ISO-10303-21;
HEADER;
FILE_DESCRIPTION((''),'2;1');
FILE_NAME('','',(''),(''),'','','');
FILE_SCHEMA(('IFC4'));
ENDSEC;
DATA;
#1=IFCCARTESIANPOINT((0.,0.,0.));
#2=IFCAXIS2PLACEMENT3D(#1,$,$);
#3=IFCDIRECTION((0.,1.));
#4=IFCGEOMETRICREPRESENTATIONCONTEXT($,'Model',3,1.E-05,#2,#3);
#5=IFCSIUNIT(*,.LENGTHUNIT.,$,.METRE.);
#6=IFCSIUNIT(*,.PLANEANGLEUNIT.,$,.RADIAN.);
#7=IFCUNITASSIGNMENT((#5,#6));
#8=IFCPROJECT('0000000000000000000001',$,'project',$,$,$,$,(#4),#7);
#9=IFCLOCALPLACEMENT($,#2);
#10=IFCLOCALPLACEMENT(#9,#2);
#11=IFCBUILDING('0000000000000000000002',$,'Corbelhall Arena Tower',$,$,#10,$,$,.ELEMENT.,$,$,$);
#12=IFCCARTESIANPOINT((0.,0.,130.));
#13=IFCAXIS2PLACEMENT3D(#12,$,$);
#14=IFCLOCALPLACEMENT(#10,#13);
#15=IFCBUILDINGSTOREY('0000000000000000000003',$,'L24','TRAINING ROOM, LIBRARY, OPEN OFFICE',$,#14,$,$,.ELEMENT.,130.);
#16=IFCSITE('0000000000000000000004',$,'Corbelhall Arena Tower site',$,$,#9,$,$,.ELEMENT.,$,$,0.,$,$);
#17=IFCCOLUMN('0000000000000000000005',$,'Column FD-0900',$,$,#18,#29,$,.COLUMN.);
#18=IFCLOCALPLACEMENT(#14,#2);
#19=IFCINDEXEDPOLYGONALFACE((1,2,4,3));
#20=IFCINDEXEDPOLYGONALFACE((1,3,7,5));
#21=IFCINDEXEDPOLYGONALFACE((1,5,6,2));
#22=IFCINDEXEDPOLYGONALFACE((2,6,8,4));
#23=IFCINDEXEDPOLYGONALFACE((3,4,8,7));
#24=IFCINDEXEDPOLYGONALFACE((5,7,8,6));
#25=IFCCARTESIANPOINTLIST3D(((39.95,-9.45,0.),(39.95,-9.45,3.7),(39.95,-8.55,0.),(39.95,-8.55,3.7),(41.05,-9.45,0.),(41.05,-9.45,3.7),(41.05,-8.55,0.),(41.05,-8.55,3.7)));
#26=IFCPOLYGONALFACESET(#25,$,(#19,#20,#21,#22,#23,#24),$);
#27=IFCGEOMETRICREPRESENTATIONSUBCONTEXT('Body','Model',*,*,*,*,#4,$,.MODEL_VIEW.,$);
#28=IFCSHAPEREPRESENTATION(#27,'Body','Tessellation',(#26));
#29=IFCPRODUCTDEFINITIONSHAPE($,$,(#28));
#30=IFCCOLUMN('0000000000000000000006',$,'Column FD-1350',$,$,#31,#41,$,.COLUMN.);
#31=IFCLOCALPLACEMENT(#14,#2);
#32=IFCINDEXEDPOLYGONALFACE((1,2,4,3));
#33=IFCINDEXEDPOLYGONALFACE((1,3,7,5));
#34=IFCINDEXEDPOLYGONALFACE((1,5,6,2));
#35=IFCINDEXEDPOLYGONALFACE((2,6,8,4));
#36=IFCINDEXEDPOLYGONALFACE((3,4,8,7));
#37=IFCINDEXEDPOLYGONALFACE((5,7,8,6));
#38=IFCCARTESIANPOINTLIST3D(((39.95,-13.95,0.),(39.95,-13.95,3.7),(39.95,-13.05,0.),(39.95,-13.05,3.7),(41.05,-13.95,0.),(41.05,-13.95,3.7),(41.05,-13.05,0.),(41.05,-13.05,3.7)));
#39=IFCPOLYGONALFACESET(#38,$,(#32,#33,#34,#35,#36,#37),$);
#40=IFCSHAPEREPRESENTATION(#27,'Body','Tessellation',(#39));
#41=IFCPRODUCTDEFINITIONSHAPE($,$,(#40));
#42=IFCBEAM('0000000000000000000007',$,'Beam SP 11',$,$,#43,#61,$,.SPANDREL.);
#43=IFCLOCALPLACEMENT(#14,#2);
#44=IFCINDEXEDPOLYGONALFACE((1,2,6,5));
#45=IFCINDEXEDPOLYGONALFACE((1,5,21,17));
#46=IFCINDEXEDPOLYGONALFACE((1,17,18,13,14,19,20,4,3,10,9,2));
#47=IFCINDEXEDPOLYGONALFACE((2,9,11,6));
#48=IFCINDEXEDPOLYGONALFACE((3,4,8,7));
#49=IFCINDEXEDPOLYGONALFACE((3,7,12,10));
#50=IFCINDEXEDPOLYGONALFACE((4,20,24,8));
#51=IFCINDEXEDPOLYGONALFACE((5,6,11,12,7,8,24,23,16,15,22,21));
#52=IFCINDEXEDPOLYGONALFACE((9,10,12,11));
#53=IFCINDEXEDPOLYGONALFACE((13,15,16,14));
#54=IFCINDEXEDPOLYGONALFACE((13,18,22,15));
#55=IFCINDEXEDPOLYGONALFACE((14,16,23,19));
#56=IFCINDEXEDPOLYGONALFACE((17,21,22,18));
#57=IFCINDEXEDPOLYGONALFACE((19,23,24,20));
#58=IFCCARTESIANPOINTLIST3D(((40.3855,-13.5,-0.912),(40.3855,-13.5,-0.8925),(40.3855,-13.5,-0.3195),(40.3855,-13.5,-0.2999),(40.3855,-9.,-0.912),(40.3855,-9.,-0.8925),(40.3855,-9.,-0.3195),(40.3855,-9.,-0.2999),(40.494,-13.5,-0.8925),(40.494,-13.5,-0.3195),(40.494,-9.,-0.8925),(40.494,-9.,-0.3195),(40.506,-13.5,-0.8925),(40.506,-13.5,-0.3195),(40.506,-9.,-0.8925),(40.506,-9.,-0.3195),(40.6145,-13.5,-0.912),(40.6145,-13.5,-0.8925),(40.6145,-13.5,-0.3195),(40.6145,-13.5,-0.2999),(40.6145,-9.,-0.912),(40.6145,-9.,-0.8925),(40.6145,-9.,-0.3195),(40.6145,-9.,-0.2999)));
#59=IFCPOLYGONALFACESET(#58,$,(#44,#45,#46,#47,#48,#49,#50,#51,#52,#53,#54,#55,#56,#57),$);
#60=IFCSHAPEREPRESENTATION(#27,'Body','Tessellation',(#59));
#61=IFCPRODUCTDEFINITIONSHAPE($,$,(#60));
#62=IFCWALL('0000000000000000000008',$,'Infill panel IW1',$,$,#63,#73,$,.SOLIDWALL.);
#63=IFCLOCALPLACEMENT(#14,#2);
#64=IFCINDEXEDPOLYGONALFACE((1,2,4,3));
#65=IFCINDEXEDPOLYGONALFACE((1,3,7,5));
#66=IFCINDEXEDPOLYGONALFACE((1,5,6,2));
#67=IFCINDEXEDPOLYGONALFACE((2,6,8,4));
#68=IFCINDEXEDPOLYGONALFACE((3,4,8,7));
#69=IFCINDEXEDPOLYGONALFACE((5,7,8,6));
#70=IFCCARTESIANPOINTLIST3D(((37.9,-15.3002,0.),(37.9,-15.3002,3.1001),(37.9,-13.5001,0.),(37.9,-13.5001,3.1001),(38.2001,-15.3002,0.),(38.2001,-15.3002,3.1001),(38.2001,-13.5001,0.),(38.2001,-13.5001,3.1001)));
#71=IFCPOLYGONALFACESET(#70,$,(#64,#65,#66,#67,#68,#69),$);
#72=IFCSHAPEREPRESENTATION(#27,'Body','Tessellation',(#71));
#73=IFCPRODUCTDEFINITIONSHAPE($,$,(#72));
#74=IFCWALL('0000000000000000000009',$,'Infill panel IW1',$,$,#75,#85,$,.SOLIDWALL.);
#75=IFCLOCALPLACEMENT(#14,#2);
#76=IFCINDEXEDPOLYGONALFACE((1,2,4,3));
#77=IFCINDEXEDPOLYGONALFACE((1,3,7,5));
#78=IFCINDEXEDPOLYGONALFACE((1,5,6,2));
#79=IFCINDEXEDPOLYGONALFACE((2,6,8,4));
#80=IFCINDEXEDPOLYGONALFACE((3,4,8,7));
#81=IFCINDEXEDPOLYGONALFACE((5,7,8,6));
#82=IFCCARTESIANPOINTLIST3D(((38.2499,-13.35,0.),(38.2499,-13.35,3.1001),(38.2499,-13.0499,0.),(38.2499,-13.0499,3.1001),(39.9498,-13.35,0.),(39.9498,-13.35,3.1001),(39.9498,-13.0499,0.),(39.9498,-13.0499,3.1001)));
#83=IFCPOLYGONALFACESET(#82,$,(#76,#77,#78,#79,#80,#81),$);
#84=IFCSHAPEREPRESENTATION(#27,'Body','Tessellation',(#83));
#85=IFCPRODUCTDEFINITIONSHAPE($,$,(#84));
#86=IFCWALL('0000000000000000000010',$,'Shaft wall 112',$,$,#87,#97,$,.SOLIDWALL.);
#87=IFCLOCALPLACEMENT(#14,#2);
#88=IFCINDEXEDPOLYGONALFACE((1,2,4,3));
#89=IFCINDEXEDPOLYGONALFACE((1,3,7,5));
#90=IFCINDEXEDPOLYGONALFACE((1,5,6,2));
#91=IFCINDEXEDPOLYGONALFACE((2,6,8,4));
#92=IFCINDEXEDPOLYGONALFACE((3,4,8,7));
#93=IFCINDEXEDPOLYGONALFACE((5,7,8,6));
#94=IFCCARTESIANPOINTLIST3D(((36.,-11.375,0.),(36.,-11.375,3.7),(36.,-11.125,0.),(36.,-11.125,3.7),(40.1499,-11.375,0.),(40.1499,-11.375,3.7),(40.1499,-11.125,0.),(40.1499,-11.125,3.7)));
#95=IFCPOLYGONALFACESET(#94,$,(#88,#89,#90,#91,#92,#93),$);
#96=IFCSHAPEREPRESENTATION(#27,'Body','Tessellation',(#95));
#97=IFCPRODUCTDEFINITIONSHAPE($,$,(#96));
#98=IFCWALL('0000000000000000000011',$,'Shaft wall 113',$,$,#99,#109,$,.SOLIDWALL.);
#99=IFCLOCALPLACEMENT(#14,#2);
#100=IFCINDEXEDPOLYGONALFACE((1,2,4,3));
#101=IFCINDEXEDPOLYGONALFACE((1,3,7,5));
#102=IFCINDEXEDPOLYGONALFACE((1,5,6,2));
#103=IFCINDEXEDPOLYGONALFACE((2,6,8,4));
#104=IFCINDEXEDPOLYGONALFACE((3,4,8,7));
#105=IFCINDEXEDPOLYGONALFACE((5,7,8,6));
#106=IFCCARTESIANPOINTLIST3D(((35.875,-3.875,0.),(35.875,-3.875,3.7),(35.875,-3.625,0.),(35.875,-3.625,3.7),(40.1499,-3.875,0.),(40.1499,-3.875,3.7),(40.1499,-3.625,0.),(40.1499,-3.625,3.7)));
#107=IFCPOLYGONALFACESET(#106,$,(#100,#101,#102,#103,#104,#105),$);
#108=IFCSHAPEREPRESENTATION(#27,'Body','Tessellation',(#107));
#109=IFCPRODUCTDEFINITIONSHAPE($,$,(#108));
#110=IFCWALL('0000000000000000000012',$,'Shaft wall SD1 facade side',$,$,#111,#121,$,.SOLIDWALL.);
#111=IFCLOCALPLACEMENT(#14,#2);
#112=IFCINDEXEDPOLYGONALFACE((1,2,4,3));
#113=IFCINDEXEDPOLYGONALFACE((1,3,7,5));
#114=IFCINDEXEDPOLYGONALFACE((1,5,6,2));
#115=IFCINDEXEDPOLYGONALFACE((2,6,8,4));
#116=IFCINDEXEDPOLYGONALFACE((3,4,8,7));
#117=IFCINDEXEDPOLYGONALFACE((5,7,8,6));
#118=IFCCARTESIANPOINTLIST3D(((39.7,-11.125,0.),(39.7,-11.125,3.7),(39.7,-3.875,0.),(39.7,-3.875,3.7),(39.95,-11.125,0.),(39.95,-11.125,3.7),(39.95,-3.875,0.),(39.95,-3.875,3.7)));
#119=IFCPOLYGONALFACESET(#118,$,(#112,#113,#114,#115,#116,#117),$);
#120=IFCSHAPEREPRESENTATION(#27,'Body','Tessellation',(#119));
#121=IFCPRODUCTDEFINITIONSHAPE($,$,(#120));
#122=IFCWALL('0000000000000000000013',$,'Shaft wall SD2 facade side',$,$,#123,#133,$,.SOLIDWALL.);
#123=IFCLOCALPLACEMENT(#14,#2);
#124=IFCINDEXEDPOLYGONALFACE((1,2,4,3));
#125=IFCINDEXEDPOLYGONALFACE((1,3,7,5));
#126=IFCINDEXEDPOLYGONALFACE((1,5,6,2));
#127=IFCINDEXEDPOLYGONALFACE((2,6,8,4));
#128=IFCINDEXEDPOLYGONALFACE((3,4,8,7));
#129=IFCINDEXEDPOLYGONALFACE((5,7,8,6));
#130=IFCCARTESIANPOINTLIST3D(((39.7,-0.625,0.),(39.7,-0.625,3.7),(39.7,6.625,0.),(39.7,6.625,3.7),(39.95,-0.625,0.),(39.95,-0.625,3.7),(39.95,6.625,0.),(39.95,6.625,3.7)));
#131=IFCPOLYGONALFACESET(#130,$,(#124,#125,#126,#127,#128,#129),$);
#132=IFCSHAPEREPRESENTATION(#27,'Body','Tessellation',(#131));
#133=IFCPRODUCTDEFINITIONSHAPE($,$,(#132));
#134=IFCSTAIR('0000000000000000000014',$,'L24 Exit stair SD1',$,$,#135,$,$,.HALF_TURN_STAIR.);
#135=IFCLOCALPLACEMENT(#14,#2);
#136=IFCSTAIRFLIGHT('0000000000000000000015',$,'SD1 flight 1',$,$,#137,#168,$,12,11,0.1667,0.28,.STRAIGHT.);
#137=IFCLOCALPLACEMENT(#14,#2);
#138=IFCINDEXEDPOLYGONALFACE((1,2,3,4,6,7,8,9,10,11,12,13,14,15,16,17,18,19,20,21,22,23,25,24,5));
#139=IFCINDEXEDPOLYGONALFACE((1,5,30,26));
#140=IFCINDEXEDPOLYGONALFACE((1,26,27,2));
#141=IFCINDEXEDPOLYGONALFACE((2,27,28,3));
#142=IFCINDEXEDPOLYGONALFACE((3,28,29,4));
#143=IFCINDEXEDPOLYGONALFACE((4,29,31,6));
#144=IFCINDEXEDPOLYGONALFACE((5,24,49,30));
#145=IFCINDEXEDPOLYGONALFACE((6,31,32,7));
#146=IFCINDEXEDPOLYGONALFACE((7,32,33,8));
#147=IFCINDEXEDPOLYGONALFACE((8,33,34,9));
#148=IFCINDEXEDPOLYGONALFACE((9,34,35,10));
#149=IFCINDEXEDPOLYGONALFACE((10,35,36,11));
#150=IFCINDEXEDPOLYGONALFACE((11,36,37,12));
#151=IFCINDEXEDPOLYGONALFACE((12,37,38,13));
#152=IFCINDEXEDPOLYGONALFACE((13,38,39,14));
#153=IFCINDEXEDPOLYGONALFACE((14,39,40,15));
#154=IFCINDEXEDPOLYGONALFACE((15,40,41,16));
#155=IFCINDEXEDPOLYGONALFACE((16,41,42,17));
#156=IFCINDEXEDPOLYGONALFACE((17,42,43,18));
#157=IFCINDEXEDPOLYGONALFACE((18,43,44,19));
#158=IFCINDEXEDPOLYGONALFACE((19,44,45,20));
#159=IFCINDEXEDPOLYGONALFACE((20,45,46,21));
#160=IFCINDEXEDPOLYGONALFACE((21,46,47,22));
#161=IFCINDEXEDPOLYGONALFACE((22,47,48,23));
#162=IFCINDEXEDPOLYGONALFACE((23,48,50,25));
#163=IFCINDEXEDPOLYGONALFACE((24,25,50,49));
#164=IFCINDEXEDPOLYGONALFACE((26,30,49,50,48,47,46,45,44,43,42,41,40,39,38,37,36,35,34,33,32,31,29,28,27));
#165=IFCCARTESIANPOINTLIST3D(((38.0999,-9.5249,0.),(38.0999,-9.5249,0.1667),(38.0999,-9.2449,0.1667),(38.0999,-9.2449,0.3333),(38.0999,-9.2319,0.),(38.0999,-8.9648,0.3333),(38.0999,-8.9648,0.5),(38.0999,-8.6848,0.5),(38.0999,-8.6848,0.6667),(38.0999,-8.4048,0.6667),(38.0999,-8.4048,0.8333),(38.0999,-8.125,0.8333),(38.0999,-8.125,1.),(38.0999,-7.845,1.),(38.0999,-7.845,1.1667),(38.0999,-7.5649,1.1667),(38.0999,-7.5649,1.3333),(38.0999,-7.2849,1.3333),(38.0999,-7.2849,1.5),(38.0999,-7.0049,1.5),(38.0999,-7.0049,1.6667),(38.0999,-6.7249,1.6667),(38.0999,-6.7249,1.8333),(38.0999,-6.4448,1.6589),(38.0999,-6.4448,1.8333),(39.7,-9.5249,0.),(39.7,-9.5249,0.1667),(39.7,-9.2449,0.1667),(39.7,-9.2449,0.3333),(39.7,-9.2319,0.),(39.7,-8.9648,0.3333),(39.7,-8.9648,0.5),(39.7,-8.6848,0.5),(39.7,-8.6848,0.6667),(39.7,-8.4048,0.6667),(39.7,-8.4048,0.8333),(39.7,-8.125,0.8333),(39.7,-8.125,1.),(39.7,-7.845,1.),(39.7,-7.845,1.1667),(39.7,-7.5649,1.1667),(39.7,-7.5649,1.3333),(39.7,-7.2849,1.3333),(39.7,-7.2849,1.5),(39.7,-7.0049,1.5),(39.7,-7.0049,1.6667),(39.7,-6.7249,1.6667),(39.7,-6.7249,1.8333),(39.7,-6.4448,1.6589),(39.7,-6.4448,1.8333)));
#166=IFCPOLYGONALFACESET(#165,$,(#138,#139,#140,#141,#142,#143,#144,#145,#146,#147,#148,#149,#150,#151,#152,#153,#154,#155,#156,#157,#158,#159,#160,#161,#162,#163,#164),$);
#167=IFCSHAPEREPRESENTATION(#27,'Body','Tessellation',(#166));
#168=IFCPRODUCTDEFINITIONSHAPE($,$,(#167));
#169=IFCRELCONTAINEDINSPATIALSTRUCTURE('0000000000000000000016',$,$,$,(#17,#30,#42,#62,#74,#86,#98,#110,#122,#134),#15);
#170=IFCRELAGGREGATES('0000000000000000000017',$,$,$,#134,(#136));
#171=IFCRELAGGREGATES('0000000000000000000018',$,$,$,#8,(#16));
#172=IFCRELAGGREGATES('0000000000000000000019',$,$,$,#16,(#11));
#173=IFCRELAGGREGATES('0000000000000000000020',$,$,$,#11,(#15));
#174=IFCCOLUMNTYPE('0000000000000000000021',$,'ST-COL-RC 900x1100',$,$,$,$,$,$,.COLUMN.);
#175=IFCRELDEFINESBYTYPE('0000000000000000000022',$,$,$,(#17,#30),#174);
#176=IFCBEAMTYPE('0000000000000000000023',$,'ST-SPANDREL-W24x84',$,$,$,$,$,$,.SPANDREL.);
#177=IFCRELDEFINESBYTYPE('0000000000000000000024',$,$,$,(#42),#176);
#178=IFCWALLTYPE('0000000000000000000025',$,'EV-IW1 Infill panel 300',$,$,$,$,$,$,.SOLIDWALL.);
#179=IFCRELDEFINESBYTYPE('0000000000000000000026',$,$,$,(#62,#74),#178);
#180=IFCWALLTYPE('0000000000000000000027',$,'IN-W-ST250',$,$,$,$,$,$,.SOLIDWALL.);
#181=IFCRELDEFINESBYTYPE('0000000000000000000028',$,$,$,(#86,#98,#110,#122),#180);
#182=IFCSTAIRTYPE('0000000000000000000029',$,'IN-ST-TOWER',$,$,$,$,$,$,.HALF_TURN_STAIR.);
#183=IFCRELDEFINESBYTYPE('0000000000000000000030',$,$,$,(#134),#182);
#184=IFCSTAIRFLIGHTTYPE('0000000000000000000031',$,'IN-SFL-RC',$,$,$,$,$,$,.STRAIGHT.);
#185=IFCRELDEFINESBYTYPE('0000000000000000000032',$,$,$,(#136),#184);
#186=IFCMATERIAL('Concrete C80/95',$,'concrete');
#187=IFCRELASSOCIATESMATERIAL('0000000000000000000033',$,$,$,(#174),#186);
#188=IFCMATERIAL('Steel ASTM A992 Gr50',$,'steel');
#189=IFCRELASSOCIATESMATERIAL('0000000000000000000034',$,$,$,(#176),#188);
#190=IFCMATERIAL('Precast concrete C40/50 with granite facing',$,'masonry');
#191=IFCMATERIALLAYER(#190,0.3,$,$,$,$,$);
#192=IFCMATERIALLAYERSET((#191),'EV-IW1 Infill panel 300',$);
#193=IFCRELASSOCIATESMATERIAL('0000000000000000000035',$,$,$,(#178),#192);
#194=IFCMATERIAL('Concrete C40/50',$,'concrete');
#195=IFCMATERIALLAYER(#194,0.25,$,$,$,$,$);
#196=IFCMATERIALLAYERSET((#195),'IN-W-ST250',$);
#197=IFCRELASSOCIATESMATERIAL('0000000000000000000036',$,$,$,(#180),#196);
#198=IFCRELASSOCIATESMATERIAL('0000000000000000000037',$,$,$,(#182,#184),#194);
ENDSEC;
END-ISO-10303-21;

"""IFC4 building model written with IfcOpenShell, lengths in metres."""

from ifc_helpers import new_model, si_unit, direction, frame, frame_2d, origin, origin_2d, place, context, subcontext, project, spatial, polyline, rectangle, i_section, outline, extrude, material, layer, layer_set, material_profile, profile_set, type_object, element, aggregate, save


model = new_model("IFC4")

# Units and contexts
model_context = context("Model", 3, precision=1e-05, world=origin(), true_north=direction((0.0, 1.0)))
body_context = subcontext(model_context, "Body", "Model", "MODEL_VIEW")
ifc_project = project(units=[si_unit("LENGTHUNIT", "METRE"), si_unit("PLANEANGLEUNIT", "RADIAN")], contexts=[model_context])

# Site, building, storey
site_placement = place(None, origin())
site = spatial("IfcSite", under=ifc_project, at=site_placement, Name="Corbelhall Arena Tower site", CompositionType="ELEMENT", RefElevation=0.0)
building_placement = place(site_placement, origin())
building = spatial("IfcBuilding", under=site, at=building_placement, Name="Corbelhall Arena Tower", CompositionType="ELEMENT")
storey_placement = place(building_placement, frame((0.0, 0.0, 130.0)))
storey = spatial("IfcBuildingStorey", under=building, at=storey_placement, Name="L24", Description="TRAINING ROOM, LIBRARY, OPEN OFFICE", CompositionType="ELEMENT", Elevation=130.0)

# Columns
ifc_material_1 = material(Name="Concrete C80/95", Category="concrete")
ifc_material_profile_1 = material_profile(ifc_material_1, rectangle(XDim=0.8999, YDim=1.1001, at=origin_2d()))
ifc_profile_set_1 = profile_set([ifc_material_profile_1], Name="Concrete C80/95")
column_type = type_object("IfcColumnType", Name="ST-COL-RC 900x1100", PredefinedType="COLUMN", material=ifc_profile_set_1)
for number, where, z_axis, x_axis, name in (
    (1, (40.5, -9.0, 0.0), (0.0, 0.0, 1.0), (0.0, 1.0, 0.0), "Column FD-0900"),
    (2, (40.5, -13.5, 0.0), (0.0, 0.0, 1.0), (0.0, 1.0, 0.0), "Column FD-1350"),
):
    element("IfcColumn", number, at=place(storey_placement, frame(where, z_axis=z_axis, x_axis=x_axis)), inside=storey, type_object=column_type, Name=name, PredefinedType="COLUMN", context=body_context, shape_type="SweptSolid", body=[
        extrude(rectangle(XDim=0.8999, YDim=1.1001, at=origin_2d()), origin(), (0.0, 0.0, 1.0), 3.7),
    ])

# Beam
ifc_material_2 = material(Name="Steel ASTM A992 Gr50", Category="steel")
ifc_material_profile_2 = material_profile(ifc_material_2, i_section(OverallWidth=0.229, OverallDepth=0.6121, WebThickness=0.012, FlangeThickness=0.0195, at=origin_2d()))
ifc_profile_set_2 = profile_set([ifc_material_profile_2], Name="Steel ASTM A992 Gr50")
beam_type = type_object("IfcBeamType", Name="ST-SPANDREL-W24x84", PredefinedType="SPANDREL", material=ifc_profile_set_2)
beam_placement = place(storey_placement, frame((40.5, -9.0, -0.606), z_axis=(0.0, -1.0, 0.0), x_axis=(1.0, 0.0, 0.0)))
element("IfcBeam", 3, at=beam_placement, inside=storey, type_object=beam_type, Name="Beam SP 11", PredefinedType="SPANDREL", context=body_context, shape_type="SweptSolid", body=[
    extrude(i_section(OverallWidth=0.229, OverallDepth=0.6121, WebThickness=0.012, FlangeThickness=0.0195, at=origin_2d()), origin(), (0.0, 0.0, 1.0), 4.5),
])

# Walls
ifc_material_3 = material(Name="Precast concrete C40/50 with granite facing", Category="masonry")
ifc_layer_1 = layer(ifc_material_3, 0.3)
ifc_layer_set_1 = layer_set([ifc_layer_1], Name="EV-IW1 Infill panel 300")
wall_type_1 = type_object("IfcWallType", Name="EV-IW1 Infill panel 300", PredefinedType="SOLIDWALL", material=ifc_layer_set_1)
wall_1_placement = place(storey_placement, frame((38.05, -15.3, 0.0), z_axis=(0.0, 0.0, 1.0), x_axis=(0.0, 1.0, 0.0)))
element("IfcWall", 4, at=wall_1_placement, inside=storey, type_object=wall_type_1, Name="Infill panel IW1", PredefinedType="SOLIDWALL", context=body_context, shape_type="SweptSolid", body=[
    extrude(rectangle(XDim=1.8, YDim=0.3, at=frame_2d((0.8999, 0.0))), origin(), (0.0, 0.0, 1.0), 3.1001),
])
wall_2_placement = place(storey_placement, frame((39.95, -13.2, 0.0), z_axis=(0.0, 0.0, 1.0), x_axis=(-1.0, 0.0, 0.0)))
element("IfcWall", 5, at=wall_2_placement, inside=storey, type_object=wall_type_1, Name="Infill panel IW1", PredefinedType="SOLIDWALL", context=body_context, shape_type="SweptSolid", body=[
    extrude(rectangle(XDim=1.7, YDim=0.3, at=frame_2d((0.8501, 0.0))), origin(), (0.0, 0.0, 1.0), 3.1001),
])

# Walls
ifc_material_4 = material(Name="Concrete C40/50", Category="concrete")
ifc_layer_2 = layer(ifc_material_4, 0.25)
ifc_layer_set_2 = layer_set([ifc_layer_2], Name="IN-W-ST250")
wall_type_2 = type_object("IfcWallType", Name="IN-W-ST250", PredefinedType="SOLIDWALL", material=ifc_layer_set_2)
wall_3_placement = place(storey_placement, frame((40.1499, -11.25, 0.0), z_axis=(0.0, 0.0, 1.0), x_axis=(-1.0, 0.0, 0.0)))
element("IfcWall", 6, at=wall_3_placement, inside=storey, type_object=wall_type_2, Name="Shaft wall 112", PredefinedType="SOLIDWALL", context=body_context, shape_type="SweptSolid", body=[
    extrude(rectangle(XDim=4.1499, YDim=0.25, at=frame_2d((2.075, 0.0))), origin(), (0.0, 0.0, 1.0), 3.7),
])
wall_4_placement = place(storey_placement, frame((40.1499, -3.75, 0.0), z_axis=(0.0, 0.0, 1.0), x_axis=(-1.0, 0.0, 0.0)))
element("IfcWall", 7, at=wall_4_placement, inside=storey, type_object=wall_type_2, Name="Shaft wall 113", PredefinedType="SOLIDWALL", context=body_context, shape_type="SweptSolid", body=[
    extrude(rectangle(XDim=4.2749, YDim=0.25, at=frame_2d((2.1375, 0.0))), origin(), (0.0, 0.0, 1.0), 3.7),
])
for number, where, z_axis, x_axis, name in (
    (8, (39.825, -11.125, 0.0), (0.0, 0.0, 1.0), (0.0, 1.0, 0.0), "Shaft wall SD1 facade side"),
    (9, (39.825, -0.625, 0.0), (0.0, 0.0, 1.0), (0.0, 1.0, 0.0), "Shaft wall SD2 facade side"),
):
    element("IfcWall", number, at=place(storey_placement, frame(where, z_axis=z_axis, x_axis=x_axis)), inside=storey, type_object=wall_type_2, Name=name, PredefinedType="SOLIDWALL", context=body_context, shape_type="SweptSolid", body=[
        extrude(rectangle(XDim=7.25, YDim=0.25, at=frame_2d((3.625, 0.0))), origin(), (0.0, 0.0, 1.0), 3.7),
    ])

# Stair, stair flight
stair_type = type_object("IfcStairType", Name="IN-ST-TOWER", PredefinedType="HALF_TURN_STAIR", material=ifc_material_4)
stair_placement = place(storey_placement, origin())
stair = element("IfcStair", 10, at=stair_placement, inside=storey, type_object=stair_type, Name="L24 Exit stair SD1", PredefinedType="HALF_TURN_STAIR")
stair_flight_type = type_object("IfcStairFlightType", Name="IN-SFL-RC", PredefinedType="STRAIGHT", material=ifc_material_4)
stair_flight_1_placement = place(storey_placement, frame((38.8999, -9.5249, 0.0), z_axis=(0.0, 0.0, 1.0), x_axis=(0.0, 1.0, 0.0)))
stair_flight_1 = element("IfcStairFlight", 11, at=stair_flight_1_placement, type_object=stair_flight_type, Name="SD1 flight 1", NumberOfRisers=12, NumberOfTreads=11, PredefinedType="STRAIGHT", RiserHeight=0.1667, TreadLength=0.28, context=body_context, shape_type="SweptSolid", body=[
    extrude(outline(polyline([(0.0, 0.0), (0.0, 0.1667), (0.28, 0.1667), (0.28, 0.3333), (0.5601, 0.3333), (0.5601, 0.5), (0.8401, 0.5), (0.8401, 0.6667), (1.1201, 0.6667), (1.1201, 0.8333), (1.3999, 0.8333), (1.3999, 1.0), (1.6799, 1.0), (1.6799, 1.1667), (1.96, 1.1667), (1.96, 1.3333), (2.24, 1.3333), (2.24, 1.5), (2.52, 1.5), (2.52, 1.6667), (2.8, 1.6667), (2.8, 1.8333), (3.0801, 1.8333), (3.0801, 2.0), (3.0801, 1.6589), (0.293, 0.0), (0.0, 0.0)])), frame((0.0, 0.8, 0.0), z_axis=(0.0, -1.0, 0.0), x_axis=(1.0, 0.0, 0.0)), (0.0, 0.0, 1.0), 1.6001),
])
aggregate(stair, [stair_flight_1])

save(model, "model.ifc")
